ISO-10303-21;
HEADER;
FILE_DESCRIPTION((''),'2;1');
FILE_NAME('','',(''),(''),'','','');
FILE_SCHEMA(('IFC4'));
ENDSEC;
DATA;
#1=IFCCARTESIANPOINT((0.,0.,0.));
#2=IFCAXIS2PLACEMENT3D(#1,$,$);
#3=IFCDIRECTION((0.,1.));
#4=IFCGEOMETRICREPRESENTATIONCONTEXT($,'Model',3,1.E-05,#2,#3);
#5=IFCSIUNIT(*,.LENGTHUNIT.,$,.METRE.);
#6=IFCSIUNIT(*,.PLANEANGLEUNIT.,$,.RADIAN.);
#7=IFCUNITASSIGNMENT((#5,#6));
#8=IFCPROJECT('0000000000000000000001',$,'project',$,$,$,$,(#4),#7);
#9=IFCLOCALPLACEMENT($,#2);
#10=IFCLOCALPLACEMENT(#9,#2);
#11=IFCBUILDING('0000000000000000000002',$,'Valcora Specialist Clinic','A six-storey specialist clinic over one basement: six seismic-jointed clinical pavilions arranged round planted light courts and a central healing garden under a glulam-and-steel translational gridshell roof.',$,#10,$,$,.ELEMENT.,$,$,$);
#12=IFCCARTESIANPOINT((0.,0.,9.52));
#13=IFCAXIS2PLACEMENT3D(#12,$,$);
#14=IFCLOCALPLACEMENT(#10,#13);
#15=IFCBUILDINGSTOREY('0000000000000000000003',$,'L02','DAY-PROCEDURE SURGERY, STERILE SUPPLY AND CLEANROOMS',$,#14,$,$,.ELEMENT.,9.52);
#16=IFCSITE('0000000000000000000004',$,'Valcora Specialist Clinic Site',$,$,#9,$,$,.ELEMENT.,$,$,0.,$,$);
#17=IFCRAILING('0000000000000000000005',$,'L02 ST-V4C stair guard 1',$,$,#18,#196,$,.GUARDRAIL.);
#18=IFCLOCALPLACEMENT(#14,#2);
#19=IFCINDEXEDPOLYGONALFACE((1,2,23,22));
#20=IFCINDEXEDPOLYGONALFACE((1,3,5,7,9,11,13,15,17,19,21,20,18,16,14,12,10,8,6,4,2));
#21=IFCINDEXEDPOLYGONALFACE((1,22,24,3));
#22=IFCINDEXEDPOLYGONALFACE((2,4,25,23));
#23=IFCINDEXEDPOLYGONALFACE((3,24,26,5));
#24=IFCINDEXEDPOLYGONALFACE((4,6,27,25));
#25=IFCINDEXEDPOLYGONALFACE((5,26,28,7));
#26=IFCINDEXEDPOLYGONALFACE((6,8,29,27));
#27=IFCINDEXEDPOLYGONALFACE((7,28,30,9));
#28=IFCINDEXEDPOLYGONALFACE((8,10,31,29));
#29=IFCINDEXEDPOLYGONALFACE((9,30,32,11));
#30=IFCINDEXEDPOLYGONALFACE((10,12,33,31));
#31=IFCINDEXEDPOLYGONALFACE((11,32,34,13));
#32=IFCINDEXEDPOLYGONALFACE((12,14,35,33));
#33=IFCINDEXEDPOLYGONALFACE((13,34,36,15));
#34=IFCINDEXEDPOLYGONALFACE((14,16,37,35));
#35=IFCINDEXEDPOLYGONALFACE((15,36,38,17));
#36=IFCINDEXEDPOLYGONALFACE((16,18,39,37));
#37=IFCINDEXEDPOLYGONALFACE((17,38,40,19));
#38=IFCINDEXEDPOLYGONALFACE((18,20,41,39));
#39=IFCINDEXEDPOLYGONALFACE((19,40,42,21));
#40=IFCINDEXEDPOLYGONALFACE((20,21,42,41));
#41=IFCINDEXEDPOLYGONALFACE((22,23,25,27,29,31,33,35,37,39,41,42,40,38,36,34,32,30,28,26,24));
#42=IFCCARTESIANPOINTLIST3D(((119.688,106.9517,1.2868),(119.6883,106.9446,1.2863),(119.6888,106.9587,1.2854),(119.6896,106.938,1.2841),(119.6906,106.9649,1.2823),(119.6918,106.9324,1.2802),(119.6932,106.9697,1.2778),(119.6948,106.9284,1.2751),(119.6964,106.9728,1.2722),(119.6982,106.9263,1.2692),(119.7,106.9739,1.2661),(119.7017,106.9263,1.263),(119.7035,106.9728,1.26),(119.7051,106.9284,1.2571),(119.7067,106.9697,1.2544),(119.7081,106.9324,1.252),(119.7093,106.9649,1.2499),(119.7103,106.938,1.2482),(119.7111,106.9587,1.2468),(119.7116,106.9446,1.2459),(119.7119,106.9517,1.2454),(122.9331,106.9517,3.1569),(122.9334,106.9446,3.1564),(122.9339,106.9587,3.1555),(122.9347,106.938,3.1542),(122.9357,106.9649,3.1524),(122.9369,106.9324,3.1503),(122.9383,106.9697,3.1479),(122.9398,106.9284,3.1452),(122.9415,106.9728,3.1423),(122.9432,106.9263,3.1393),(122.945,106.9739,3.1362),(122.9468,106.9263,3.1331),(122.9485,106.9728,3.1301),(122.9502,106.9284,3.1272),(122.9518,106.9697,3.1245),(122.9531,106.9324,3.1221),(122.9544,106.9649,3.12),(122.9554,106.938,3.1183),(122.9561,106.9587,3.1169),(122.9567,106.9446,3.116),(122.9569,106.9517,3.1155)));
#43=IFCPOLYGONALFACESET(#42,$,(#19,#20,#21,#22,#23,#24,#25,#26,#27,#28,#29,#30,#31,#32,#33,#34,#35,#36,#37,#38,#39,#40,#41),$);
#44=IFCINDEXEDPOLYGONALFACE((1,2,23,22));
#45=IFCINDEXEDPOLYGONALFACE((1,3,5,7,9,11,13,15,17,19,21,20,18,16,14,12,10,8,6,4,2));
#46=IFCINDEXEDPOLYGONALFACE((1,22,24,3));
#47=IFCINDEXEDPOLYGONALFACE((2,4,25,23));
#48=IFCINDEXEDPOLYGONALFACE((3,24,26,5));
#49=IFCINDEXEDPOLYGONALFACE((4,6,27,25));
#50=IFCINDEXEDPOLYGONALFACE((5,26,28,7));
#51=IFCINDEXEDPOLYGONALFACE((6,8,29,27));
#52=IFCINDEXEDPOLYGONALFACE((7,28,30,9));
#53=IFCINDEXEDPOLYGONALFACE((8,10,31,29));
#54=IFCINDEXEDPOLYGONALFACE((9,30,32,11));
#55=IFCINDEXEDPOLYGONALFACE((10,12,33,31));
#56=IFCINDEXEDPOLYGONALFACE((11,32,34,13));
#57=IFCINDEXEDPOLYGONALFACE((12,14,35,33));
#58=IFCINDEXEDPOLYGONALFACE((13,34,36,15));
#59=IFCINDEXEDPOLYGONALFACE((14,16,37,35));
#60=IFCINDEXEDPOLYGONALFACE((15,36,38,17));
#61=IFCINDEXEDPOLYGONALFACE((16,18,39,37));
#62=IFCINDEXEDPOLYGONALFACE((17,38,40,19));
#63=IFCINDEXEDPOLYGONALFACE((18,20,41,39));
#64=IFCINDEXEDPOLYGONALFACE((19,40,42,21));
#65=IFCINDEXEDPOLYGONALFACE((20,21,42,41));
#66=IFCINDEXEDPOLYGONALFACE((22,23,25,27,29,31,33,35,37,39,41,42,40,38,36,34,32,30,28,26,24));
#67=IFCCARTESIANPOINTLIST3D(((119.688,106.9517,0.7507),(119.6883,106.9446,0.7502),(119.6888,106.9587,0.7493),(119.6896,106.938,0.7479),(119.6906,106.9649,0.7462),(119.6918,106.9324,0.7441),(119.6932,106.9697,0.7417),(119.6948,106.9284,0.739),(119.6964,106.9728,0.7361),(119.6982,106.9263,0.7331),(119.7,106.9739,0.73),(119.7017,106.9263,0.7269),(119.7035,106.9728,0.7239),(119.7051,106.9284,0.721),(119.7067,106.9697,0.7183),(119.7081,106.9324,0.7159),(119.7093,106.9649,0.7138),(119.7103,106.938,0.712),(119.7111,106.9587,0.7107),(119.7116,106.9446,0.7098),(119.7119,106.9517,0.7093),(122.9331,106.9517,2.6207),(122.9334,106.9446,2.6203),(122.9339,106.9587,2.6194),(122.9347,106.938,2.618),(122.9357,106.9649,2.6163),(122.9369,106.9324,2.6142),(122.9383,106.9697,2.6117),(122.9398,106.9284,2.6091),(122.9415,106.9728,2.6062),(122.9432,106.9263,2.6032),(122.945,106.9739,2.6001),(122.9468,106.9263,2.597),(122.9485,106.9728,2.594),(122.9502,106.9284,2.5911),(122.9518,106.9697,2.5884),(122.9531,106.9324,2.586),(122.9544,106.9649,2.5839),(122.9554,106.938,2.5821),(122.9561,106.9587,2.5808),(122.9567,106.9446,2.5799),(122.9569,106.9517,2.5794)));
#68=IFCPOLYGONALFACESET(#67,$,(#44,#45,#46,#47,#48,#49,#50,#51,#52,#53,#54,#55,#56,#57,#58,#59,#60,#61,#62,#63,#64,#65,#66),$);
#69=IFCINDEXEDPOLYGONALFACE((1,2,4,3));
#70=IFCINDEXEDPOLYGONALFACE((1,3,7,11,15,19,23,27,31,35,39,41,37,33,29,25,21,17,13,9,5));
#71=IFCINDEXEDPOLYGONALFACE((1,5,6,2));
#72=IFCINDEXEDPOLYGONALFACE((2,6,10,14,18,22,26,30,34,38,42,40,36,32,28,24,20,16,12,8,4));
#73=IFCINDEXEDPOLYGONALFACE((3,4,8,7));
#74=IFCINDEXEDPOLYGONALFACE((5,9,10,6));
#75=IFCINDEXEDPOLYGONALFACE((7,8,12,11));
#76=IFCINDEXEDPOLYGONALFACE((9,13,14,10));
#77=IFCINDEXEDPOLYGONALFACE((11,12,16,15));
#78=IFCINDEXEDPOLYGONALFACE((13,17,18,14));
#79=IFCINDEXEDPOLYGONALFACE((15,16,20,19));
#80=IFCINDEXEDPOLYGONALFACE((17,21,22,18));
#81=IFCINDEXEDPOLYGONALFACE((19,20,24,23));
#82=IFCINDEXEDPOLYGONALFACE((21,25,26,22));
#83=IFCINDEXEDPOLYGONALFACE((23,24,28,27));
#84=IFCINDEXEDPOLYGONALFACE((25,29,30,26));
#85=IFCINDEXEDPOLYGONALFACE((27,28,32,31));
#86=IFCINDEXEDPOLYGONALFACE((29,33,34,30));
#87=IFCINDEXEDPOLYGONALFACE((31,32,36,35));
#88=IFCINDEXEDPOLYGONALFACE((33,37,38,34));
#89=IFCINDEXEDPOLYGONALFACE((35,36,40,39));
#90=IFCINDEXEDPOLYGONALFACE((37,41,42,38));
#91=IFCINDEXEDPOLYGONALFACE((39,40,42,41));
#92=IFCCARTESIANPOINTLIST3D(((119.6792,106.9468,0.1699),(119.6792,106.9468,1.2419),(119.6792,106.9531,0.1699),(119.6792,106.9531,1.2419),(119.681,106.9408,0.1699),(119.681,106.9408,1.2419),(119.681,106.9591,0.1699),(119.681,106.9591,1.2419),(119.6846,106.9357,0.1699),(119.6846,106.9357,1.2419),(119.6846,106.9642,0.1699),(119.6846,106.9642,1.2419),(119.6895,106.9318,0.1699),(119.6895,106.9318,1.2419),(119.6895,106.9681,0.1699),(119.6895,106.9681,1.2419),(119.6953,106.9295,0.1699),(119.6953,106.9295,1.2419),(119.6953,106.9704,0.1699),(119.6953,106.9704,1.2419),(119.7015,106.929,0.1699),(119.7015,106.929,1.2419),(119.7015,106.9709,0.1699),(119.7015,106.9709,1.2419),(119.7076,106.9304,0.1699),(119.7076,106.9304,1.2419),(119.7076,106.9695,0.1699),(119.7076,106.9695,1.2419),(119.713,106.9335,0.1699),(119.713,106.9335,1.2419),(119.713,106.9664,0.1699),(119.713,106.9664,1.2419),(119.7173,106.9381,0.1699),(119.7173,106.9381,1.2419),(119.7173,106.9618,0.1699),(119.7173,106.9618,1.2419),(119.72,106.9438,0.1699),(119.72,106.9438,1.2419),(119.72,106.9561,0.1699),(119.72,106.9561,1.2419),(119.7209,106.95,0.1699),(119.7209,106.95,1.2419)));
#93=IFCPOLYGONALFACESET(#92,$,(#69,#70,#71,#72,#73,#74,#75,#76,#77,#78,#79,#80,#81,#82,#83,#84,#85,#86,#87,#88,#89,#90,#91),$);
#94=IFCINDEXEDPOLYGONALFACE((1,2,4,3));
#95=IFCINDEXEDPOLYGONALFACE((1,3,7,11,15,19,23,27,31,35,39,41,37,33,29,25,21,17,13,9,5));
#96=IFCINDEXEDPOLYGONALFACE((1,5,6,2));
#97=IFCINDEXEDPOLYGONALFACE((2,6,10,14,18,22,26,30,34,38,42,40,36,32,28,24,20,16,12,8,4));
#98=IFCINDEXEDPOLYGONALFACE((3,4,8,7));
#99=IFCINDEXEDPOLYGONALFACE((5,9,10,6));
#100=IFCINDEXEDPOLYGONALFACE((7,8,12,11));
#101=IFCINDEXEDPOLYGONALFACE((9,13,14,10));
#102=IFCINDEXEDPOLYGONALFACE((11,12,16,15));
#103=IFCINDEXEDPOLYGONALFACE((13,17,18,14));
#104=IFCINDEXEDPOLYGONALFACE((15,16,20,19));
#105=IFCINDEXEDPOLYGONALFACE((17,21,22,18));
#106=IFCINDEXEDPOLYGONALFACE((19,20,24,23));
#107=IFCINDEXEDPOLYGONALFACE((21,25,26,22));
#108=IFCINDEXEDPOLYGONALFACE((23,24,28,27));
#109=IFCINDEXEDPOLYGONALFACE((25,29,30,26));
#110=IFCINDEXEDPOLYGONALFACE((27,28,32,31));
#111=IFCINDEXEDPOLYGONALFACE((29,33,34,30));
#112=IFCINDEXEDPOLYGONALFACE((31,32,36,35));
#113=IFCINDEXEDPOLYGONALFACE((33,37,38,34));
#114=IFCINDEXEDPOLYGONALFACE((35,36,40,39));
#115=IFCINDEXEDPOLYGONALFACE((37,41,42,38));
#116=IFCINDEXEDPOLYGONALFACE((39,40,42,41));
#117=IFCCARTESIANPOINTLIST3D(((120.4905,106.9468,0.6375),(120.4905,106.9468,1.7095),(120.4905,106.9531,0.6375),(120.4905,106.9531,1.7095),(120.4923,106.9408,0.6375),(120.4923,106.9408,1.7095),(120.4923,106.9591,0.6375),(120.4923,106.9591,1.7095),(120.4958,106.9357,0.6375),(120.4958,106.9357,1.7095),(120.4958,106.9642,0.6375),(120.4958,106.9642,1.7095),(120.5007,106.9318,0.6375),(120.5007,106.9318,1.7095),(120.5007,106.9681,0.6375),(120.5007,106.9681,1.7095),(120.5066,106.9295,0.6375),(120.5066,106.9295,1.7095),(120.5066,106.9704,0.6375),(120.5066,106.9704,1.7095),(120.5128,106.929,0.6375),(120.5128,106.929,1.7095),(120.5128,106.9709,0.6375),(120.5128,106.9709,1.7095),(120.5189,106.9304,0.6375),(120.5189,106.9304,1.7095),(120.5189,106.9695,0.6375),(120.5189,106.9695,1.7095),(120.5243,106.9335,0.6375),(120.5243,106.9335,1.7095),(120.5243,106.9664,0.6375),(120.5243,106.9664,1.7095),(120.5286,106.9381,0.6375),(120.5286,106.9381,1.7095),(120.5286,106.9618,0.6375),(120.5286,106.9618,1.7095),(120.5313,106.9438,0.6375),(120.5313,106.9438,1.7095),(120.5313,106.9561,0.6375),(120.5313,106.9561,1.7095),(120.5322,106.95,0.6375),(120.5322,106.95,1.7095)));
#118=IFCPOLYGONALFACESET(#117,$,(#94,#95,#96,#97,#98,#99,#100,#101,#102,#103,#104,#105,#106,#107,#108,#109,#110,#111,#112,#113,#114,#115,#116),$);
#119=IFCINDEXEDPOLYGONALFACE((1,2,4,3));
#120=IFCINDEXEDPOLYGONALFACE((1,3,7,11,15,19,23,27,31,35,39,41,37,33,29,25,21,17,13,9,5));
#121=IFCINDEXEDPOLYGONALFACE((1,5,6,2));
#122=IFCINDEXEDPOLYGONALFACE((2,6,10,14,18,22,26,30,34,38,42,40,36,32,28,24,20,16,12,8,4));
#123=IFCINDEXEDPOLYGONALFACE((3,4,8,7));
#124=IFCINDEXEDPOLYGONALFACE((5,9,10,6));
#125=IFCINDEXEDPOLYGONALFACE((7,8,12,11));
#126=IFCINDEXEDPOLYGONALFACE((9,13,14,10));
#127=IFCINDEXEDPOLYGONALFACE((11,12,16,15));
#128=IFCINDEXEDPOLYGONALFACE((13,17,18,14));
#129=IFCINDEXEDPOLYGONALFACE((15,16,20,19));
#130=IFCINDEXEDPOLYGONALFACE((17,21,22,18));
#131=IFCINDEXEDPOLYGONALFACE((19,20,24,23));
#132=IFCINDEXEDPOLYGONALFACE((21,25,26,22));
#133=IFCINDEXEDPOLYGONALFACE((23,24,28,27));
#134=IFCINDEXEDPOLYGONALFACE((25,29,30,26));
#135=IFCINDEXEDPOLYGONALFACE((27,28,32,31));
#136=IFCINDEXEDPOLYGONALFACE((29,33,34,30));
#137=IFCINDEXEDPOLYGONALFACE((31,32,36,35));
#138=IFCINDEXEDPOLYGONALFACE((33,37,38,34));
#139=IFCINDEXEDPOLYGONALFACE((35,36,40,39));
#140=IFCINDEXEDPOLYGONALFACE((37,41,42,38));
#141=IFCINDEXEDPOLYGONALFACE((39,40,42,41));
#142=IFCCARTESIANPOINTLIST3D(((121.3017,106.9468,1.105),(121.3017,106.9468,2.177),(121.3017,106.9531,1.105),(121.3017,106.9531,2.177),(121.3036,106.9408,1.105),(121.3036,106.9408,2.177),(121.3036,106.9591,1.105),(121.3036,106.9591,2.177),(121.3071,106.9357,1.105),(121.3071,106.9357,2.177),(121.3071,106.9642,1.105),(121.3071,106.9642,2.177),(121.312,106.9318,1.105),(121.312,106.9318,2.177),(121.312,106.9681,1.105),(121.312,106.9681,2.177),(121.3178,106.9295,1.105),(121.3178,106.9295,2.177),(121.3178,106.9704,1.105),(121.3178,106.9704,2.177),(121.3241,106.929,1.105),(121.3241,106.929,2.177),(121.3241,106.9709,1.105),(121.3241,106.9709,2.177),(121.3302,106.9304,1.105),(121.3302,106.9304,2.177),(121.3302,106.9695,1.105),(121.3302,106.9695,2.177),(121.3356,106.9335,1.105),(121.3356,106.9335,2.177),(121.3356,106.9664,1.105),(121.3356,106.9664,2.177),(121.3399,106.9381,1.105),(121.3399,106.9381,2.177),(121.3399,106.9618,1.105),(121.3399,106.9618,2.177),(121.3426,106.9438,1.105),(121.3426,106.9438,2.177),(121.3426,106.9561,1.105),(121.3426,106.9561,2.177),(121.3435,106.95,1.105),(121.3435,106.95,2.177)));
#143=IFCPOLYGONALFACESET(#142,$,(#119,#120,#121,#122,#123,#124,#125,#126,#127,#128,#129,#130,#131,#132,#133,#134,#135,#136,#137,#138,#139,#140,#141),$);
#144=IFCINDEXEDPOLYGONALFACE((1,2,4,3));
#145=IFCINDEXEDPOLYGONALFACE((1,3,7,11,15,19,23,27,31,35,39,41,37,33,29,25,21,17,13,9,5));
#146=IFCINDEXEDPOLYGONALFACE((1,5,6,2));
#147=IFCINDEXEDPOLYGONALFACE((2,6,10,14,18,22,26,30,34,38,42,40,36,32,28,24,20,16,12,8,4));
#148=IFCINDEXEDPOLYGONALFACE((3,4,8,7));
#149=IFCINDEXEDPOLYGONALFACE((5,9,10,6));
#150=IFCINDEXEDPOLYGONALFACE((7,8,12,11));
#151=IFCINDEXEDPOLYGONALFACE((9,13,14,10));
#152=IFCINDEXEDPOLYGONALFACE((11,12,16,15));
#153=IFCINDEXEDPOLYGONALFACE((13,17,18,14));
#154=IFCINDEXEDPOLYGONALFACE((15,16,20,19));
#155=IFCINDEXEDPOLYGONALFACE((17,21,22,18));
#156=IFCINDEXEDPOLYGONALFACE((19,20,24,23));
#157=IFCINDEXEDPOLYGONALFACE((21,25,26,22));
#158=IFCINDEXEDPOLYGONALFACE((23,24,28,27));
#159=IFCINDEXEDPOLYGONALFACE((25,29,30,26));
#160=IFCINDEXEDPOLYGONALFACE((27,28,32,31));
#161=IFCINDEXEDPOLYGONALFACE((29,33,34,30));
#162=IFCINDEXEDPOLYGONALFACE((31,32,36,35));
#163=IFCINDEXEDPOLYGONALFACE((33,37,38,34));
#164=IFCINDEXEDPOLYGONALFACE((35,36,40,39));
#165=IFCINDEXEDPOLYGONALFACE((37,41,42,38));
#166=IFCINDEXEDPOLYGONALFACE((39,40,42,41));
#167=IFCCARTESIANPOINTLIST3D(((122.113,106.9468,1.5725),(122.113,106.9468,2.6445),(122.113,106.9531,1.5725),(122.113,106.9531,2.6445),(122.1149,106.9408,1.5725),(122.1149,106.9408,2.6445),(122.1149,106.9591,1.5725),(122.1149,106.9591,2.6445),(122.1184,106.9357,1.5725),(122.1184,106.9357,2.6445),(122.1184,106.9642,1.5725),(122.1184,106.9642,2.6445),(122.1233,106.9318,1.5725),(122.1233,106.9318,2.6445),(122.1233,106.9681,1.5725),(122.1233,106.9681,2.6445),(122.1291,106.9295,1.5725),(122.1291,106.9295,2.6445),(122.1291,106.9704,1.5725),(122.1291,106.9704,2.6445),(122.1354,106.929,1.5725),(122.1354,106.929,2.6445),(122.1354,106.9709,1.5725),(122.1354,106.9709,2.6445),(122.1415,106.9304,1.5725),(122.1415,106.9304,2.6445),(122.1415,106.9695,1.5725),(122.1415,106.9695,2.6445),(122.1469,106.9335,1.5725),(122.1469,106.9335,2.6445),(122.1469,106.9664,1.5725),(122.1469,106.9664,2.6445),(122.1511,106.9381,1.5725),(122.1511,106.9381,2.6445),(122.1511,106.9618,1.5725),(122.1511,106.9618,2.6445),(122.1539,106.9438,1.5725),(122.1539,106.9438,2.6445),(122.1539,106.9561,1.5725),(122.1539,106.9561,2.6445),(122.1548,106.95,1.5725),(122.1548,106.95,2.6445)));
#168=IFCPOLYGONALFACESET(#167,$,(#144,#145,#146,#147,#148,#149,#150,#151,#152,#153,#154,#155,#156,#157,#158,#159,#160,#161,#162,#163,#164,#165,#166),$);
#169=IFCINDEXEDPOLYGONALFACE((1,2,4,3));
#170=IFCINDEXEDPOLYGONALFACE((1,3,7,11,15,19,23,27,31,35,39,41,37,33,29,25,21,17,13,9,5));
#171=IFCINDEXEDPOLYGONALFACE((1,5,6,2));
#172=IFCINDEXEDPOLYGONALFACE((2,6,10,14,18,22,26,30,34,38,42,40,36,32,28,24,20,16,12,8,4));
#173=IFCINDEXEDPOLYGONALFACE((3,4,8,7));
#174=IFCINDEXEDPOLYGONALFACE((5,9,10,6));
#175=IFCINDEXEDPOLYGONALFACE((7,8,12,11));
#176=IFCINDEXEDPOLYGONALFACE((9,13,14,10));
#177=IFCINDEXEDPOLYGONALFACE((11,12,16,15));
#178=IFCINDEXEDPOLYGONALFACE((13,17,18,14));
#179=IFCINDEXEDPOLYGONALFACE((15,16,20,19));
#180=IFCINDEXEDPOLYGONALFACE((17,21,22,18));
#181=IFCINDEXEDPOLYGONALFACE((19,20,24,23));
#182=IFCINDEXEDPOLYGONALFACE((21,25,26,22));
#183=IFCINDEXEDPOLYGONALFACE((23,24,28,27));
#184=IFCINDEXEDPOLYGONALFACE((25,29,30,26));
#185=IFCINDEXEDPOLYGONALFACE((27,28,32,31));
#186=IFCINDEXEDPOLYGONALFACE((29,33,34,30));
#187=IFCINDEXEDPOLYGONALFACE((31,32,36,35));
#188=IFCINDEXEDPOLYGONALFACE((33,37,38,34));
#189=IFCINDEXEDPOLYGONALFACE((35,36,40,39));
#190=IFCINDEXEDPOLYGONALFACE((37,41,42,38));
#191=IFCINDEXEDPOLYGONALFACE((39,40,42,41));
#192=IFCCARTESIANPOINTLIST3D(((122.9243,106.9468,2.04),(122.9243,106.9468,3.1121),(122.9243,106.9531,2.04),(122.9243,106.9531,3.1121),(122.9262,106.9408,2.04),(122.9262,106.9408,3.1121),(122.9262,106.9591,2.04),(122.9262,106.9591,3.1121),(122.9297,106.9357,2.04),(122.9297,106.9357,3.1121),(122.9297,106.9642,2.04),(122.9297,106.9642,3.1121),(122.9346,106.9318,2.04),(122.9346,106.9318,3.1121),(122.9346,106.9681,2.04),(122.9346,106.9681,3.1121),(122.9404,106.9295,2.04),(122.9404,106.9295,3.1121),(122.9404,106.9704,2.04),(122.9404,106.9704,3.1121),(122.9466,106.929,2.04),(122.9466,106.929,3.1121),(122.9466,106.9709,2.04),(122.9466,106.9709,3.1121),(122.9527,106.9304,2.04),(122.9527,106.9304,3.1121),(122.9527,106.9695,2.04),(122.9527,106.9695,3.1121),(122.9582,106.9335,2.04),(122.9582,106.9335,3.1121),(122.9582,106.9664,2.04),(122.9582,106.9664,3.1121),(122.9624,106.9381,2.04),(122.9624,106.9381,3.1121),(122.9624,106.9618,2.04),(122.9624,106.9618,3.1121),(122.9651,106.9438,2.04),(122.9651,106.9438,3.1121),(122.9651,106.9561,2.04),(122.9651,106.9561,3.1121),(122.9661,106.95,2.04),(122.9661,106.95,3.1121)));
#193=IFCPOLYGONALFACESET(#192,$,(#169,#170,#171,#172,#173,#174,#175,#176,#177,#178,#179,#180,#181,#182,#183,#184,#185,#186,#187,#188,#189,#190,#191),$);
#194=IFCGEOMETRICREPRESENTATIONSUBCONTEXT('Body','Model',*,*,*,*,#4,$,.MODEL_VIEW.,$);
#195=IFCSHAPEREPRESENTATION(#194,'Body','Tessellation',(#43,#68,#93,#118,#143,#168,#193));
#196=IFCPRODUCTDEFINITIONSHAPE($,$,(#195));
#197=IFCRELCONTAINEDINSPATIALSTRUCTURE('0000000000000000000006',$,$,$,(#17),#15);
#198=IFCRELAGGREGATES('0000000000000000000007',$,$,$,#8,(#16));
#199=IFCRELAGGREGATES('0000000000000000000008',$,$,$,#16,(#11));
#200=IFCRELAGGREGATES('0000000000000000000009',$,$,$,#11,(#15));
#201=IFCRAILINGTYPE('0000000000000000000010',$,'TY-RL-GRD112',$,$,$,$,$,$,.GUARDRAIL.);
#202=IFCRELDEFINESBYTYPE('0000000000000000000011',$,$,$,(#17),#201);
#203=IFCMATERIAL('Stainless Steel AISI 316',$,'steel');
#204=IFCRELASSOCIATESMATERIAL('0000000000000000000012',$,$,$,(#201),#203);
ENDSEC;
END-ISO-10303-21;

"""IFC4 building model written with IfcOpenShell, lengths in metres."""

from ifc_helpers import new_model, si_unit, direction, frame, origin, origin_2d, place, context, subcontext, project, spatial, circle, extrude, material, type_object, element, save


model = new_model("IFC4")

# Units and contexts
model_context = context("Model", 3, precision=1e-05, world=origin(), true_north=direction((0.0, 1.0)))
body_context = subcontext(model_context, "Body", "Model", "MODEL_VIEW")
ifc_project = project(units=[si_unit("LENGTHUNIT", "METRE"), si_unit("PLANEANGLEUNIT", "RADIAN")], contexts=[model_context])

# Site, building, storey
site_placement = place(None, origin())
site = spatial("IfcSite", under=ifc_project, at=site_placement, Name="Valcora Specialist Clinic Site", CompositionType="ELEMENT", RefElevation=0.0)
building_placement = place(site_placement, origin())
building = spatial("IfcBuilding", under=site, at=building_placement, Name="Valcora Specialist Clinic", Description="A six-storey specialist clinic over one basement: six seismic-jointed clinical pavilions arranged round planted light courts and a central healing garden under a glulam-and-steel translational gridshell roof.", CompositionType="ELEMENT")
storey_placement = place(building_placement, frame((0.0, 0.0, 9.52)))
storey = spatial("IfcBuildingStorey", under=building, at=storey_placement, Name="L02", Description="DAY-PROCEDURE SURGERY, STERILE SUPPLY AND CLEANROOMS", CompositionType="ELEMENT", Elevation=9.52)

# Railing
ifc_material_1 = material(Name="Stainless Steel AISI 316", Category="steel")
railing_type_1 = type_object("IfcRailingType", Name="TY-RL-GRD112", PredefinedType="GUARDRAIL", material=ifc_material_1)
railing_1_placement = place(storey_placement, frame((119.7, 106.95, 0.1699)))
element("IfcRailing", 1, at=railing_1_placement, inside=storey, type_object=railing_type_1, Name="L02 ST-V4C stair guard 1", PredefinedType="GUARDRAIL", context=body_context, shape_type="SweptSolid", body=[
    extrude(circle(Radius=0.0239, at=origin_2d()), frame((0.0, 0.0, 1.0962), z_axis=(0.866424, 0.0, 0.499309), x_axis=(0.0, 1.0, 0.0)), (0.0, 0.0, 1.0), 3.7454),
    extrude(circle(Radius=0.0239, at=origin_2d()), frame((0.0, 0.0, 0.5601), z_axis=(0.866424, 0.0, 0.499309), x_axis=(0.0, 1.0, 0.0)), (0.0, 0.0, 1.0), 3.7454),
    extrude(circle(Radius=0.021, at=origin_2d()), origin(), (0.0, 0.0, 1.0), 1.072),
    extrude(circle(Radius=0.021, at=origin_2d()), frame((0.8113, 0.0, 0.4675)), (0.0, 0.0, 1.0), 1.072),
    extrude(circle(Radius=0.021, at=origin_2d()), frame((1.6226, 0.0, 0.9351)), (0.0, 0.0, 1.0), 1.072),
    extrude(circle(Radius=0.021, at=origin_2d()), frame((2.4338, 0.0, 1.4026)), (0.0, 0.0, 1.0), 1.072),
    extrude(circle(Radius=0.021, at=origin_2d()), frame((3.2451, 0.0, 1.8701)), (0.0, 0.0, 1.0), 1.072),
])

save(model, "model.ifc")
